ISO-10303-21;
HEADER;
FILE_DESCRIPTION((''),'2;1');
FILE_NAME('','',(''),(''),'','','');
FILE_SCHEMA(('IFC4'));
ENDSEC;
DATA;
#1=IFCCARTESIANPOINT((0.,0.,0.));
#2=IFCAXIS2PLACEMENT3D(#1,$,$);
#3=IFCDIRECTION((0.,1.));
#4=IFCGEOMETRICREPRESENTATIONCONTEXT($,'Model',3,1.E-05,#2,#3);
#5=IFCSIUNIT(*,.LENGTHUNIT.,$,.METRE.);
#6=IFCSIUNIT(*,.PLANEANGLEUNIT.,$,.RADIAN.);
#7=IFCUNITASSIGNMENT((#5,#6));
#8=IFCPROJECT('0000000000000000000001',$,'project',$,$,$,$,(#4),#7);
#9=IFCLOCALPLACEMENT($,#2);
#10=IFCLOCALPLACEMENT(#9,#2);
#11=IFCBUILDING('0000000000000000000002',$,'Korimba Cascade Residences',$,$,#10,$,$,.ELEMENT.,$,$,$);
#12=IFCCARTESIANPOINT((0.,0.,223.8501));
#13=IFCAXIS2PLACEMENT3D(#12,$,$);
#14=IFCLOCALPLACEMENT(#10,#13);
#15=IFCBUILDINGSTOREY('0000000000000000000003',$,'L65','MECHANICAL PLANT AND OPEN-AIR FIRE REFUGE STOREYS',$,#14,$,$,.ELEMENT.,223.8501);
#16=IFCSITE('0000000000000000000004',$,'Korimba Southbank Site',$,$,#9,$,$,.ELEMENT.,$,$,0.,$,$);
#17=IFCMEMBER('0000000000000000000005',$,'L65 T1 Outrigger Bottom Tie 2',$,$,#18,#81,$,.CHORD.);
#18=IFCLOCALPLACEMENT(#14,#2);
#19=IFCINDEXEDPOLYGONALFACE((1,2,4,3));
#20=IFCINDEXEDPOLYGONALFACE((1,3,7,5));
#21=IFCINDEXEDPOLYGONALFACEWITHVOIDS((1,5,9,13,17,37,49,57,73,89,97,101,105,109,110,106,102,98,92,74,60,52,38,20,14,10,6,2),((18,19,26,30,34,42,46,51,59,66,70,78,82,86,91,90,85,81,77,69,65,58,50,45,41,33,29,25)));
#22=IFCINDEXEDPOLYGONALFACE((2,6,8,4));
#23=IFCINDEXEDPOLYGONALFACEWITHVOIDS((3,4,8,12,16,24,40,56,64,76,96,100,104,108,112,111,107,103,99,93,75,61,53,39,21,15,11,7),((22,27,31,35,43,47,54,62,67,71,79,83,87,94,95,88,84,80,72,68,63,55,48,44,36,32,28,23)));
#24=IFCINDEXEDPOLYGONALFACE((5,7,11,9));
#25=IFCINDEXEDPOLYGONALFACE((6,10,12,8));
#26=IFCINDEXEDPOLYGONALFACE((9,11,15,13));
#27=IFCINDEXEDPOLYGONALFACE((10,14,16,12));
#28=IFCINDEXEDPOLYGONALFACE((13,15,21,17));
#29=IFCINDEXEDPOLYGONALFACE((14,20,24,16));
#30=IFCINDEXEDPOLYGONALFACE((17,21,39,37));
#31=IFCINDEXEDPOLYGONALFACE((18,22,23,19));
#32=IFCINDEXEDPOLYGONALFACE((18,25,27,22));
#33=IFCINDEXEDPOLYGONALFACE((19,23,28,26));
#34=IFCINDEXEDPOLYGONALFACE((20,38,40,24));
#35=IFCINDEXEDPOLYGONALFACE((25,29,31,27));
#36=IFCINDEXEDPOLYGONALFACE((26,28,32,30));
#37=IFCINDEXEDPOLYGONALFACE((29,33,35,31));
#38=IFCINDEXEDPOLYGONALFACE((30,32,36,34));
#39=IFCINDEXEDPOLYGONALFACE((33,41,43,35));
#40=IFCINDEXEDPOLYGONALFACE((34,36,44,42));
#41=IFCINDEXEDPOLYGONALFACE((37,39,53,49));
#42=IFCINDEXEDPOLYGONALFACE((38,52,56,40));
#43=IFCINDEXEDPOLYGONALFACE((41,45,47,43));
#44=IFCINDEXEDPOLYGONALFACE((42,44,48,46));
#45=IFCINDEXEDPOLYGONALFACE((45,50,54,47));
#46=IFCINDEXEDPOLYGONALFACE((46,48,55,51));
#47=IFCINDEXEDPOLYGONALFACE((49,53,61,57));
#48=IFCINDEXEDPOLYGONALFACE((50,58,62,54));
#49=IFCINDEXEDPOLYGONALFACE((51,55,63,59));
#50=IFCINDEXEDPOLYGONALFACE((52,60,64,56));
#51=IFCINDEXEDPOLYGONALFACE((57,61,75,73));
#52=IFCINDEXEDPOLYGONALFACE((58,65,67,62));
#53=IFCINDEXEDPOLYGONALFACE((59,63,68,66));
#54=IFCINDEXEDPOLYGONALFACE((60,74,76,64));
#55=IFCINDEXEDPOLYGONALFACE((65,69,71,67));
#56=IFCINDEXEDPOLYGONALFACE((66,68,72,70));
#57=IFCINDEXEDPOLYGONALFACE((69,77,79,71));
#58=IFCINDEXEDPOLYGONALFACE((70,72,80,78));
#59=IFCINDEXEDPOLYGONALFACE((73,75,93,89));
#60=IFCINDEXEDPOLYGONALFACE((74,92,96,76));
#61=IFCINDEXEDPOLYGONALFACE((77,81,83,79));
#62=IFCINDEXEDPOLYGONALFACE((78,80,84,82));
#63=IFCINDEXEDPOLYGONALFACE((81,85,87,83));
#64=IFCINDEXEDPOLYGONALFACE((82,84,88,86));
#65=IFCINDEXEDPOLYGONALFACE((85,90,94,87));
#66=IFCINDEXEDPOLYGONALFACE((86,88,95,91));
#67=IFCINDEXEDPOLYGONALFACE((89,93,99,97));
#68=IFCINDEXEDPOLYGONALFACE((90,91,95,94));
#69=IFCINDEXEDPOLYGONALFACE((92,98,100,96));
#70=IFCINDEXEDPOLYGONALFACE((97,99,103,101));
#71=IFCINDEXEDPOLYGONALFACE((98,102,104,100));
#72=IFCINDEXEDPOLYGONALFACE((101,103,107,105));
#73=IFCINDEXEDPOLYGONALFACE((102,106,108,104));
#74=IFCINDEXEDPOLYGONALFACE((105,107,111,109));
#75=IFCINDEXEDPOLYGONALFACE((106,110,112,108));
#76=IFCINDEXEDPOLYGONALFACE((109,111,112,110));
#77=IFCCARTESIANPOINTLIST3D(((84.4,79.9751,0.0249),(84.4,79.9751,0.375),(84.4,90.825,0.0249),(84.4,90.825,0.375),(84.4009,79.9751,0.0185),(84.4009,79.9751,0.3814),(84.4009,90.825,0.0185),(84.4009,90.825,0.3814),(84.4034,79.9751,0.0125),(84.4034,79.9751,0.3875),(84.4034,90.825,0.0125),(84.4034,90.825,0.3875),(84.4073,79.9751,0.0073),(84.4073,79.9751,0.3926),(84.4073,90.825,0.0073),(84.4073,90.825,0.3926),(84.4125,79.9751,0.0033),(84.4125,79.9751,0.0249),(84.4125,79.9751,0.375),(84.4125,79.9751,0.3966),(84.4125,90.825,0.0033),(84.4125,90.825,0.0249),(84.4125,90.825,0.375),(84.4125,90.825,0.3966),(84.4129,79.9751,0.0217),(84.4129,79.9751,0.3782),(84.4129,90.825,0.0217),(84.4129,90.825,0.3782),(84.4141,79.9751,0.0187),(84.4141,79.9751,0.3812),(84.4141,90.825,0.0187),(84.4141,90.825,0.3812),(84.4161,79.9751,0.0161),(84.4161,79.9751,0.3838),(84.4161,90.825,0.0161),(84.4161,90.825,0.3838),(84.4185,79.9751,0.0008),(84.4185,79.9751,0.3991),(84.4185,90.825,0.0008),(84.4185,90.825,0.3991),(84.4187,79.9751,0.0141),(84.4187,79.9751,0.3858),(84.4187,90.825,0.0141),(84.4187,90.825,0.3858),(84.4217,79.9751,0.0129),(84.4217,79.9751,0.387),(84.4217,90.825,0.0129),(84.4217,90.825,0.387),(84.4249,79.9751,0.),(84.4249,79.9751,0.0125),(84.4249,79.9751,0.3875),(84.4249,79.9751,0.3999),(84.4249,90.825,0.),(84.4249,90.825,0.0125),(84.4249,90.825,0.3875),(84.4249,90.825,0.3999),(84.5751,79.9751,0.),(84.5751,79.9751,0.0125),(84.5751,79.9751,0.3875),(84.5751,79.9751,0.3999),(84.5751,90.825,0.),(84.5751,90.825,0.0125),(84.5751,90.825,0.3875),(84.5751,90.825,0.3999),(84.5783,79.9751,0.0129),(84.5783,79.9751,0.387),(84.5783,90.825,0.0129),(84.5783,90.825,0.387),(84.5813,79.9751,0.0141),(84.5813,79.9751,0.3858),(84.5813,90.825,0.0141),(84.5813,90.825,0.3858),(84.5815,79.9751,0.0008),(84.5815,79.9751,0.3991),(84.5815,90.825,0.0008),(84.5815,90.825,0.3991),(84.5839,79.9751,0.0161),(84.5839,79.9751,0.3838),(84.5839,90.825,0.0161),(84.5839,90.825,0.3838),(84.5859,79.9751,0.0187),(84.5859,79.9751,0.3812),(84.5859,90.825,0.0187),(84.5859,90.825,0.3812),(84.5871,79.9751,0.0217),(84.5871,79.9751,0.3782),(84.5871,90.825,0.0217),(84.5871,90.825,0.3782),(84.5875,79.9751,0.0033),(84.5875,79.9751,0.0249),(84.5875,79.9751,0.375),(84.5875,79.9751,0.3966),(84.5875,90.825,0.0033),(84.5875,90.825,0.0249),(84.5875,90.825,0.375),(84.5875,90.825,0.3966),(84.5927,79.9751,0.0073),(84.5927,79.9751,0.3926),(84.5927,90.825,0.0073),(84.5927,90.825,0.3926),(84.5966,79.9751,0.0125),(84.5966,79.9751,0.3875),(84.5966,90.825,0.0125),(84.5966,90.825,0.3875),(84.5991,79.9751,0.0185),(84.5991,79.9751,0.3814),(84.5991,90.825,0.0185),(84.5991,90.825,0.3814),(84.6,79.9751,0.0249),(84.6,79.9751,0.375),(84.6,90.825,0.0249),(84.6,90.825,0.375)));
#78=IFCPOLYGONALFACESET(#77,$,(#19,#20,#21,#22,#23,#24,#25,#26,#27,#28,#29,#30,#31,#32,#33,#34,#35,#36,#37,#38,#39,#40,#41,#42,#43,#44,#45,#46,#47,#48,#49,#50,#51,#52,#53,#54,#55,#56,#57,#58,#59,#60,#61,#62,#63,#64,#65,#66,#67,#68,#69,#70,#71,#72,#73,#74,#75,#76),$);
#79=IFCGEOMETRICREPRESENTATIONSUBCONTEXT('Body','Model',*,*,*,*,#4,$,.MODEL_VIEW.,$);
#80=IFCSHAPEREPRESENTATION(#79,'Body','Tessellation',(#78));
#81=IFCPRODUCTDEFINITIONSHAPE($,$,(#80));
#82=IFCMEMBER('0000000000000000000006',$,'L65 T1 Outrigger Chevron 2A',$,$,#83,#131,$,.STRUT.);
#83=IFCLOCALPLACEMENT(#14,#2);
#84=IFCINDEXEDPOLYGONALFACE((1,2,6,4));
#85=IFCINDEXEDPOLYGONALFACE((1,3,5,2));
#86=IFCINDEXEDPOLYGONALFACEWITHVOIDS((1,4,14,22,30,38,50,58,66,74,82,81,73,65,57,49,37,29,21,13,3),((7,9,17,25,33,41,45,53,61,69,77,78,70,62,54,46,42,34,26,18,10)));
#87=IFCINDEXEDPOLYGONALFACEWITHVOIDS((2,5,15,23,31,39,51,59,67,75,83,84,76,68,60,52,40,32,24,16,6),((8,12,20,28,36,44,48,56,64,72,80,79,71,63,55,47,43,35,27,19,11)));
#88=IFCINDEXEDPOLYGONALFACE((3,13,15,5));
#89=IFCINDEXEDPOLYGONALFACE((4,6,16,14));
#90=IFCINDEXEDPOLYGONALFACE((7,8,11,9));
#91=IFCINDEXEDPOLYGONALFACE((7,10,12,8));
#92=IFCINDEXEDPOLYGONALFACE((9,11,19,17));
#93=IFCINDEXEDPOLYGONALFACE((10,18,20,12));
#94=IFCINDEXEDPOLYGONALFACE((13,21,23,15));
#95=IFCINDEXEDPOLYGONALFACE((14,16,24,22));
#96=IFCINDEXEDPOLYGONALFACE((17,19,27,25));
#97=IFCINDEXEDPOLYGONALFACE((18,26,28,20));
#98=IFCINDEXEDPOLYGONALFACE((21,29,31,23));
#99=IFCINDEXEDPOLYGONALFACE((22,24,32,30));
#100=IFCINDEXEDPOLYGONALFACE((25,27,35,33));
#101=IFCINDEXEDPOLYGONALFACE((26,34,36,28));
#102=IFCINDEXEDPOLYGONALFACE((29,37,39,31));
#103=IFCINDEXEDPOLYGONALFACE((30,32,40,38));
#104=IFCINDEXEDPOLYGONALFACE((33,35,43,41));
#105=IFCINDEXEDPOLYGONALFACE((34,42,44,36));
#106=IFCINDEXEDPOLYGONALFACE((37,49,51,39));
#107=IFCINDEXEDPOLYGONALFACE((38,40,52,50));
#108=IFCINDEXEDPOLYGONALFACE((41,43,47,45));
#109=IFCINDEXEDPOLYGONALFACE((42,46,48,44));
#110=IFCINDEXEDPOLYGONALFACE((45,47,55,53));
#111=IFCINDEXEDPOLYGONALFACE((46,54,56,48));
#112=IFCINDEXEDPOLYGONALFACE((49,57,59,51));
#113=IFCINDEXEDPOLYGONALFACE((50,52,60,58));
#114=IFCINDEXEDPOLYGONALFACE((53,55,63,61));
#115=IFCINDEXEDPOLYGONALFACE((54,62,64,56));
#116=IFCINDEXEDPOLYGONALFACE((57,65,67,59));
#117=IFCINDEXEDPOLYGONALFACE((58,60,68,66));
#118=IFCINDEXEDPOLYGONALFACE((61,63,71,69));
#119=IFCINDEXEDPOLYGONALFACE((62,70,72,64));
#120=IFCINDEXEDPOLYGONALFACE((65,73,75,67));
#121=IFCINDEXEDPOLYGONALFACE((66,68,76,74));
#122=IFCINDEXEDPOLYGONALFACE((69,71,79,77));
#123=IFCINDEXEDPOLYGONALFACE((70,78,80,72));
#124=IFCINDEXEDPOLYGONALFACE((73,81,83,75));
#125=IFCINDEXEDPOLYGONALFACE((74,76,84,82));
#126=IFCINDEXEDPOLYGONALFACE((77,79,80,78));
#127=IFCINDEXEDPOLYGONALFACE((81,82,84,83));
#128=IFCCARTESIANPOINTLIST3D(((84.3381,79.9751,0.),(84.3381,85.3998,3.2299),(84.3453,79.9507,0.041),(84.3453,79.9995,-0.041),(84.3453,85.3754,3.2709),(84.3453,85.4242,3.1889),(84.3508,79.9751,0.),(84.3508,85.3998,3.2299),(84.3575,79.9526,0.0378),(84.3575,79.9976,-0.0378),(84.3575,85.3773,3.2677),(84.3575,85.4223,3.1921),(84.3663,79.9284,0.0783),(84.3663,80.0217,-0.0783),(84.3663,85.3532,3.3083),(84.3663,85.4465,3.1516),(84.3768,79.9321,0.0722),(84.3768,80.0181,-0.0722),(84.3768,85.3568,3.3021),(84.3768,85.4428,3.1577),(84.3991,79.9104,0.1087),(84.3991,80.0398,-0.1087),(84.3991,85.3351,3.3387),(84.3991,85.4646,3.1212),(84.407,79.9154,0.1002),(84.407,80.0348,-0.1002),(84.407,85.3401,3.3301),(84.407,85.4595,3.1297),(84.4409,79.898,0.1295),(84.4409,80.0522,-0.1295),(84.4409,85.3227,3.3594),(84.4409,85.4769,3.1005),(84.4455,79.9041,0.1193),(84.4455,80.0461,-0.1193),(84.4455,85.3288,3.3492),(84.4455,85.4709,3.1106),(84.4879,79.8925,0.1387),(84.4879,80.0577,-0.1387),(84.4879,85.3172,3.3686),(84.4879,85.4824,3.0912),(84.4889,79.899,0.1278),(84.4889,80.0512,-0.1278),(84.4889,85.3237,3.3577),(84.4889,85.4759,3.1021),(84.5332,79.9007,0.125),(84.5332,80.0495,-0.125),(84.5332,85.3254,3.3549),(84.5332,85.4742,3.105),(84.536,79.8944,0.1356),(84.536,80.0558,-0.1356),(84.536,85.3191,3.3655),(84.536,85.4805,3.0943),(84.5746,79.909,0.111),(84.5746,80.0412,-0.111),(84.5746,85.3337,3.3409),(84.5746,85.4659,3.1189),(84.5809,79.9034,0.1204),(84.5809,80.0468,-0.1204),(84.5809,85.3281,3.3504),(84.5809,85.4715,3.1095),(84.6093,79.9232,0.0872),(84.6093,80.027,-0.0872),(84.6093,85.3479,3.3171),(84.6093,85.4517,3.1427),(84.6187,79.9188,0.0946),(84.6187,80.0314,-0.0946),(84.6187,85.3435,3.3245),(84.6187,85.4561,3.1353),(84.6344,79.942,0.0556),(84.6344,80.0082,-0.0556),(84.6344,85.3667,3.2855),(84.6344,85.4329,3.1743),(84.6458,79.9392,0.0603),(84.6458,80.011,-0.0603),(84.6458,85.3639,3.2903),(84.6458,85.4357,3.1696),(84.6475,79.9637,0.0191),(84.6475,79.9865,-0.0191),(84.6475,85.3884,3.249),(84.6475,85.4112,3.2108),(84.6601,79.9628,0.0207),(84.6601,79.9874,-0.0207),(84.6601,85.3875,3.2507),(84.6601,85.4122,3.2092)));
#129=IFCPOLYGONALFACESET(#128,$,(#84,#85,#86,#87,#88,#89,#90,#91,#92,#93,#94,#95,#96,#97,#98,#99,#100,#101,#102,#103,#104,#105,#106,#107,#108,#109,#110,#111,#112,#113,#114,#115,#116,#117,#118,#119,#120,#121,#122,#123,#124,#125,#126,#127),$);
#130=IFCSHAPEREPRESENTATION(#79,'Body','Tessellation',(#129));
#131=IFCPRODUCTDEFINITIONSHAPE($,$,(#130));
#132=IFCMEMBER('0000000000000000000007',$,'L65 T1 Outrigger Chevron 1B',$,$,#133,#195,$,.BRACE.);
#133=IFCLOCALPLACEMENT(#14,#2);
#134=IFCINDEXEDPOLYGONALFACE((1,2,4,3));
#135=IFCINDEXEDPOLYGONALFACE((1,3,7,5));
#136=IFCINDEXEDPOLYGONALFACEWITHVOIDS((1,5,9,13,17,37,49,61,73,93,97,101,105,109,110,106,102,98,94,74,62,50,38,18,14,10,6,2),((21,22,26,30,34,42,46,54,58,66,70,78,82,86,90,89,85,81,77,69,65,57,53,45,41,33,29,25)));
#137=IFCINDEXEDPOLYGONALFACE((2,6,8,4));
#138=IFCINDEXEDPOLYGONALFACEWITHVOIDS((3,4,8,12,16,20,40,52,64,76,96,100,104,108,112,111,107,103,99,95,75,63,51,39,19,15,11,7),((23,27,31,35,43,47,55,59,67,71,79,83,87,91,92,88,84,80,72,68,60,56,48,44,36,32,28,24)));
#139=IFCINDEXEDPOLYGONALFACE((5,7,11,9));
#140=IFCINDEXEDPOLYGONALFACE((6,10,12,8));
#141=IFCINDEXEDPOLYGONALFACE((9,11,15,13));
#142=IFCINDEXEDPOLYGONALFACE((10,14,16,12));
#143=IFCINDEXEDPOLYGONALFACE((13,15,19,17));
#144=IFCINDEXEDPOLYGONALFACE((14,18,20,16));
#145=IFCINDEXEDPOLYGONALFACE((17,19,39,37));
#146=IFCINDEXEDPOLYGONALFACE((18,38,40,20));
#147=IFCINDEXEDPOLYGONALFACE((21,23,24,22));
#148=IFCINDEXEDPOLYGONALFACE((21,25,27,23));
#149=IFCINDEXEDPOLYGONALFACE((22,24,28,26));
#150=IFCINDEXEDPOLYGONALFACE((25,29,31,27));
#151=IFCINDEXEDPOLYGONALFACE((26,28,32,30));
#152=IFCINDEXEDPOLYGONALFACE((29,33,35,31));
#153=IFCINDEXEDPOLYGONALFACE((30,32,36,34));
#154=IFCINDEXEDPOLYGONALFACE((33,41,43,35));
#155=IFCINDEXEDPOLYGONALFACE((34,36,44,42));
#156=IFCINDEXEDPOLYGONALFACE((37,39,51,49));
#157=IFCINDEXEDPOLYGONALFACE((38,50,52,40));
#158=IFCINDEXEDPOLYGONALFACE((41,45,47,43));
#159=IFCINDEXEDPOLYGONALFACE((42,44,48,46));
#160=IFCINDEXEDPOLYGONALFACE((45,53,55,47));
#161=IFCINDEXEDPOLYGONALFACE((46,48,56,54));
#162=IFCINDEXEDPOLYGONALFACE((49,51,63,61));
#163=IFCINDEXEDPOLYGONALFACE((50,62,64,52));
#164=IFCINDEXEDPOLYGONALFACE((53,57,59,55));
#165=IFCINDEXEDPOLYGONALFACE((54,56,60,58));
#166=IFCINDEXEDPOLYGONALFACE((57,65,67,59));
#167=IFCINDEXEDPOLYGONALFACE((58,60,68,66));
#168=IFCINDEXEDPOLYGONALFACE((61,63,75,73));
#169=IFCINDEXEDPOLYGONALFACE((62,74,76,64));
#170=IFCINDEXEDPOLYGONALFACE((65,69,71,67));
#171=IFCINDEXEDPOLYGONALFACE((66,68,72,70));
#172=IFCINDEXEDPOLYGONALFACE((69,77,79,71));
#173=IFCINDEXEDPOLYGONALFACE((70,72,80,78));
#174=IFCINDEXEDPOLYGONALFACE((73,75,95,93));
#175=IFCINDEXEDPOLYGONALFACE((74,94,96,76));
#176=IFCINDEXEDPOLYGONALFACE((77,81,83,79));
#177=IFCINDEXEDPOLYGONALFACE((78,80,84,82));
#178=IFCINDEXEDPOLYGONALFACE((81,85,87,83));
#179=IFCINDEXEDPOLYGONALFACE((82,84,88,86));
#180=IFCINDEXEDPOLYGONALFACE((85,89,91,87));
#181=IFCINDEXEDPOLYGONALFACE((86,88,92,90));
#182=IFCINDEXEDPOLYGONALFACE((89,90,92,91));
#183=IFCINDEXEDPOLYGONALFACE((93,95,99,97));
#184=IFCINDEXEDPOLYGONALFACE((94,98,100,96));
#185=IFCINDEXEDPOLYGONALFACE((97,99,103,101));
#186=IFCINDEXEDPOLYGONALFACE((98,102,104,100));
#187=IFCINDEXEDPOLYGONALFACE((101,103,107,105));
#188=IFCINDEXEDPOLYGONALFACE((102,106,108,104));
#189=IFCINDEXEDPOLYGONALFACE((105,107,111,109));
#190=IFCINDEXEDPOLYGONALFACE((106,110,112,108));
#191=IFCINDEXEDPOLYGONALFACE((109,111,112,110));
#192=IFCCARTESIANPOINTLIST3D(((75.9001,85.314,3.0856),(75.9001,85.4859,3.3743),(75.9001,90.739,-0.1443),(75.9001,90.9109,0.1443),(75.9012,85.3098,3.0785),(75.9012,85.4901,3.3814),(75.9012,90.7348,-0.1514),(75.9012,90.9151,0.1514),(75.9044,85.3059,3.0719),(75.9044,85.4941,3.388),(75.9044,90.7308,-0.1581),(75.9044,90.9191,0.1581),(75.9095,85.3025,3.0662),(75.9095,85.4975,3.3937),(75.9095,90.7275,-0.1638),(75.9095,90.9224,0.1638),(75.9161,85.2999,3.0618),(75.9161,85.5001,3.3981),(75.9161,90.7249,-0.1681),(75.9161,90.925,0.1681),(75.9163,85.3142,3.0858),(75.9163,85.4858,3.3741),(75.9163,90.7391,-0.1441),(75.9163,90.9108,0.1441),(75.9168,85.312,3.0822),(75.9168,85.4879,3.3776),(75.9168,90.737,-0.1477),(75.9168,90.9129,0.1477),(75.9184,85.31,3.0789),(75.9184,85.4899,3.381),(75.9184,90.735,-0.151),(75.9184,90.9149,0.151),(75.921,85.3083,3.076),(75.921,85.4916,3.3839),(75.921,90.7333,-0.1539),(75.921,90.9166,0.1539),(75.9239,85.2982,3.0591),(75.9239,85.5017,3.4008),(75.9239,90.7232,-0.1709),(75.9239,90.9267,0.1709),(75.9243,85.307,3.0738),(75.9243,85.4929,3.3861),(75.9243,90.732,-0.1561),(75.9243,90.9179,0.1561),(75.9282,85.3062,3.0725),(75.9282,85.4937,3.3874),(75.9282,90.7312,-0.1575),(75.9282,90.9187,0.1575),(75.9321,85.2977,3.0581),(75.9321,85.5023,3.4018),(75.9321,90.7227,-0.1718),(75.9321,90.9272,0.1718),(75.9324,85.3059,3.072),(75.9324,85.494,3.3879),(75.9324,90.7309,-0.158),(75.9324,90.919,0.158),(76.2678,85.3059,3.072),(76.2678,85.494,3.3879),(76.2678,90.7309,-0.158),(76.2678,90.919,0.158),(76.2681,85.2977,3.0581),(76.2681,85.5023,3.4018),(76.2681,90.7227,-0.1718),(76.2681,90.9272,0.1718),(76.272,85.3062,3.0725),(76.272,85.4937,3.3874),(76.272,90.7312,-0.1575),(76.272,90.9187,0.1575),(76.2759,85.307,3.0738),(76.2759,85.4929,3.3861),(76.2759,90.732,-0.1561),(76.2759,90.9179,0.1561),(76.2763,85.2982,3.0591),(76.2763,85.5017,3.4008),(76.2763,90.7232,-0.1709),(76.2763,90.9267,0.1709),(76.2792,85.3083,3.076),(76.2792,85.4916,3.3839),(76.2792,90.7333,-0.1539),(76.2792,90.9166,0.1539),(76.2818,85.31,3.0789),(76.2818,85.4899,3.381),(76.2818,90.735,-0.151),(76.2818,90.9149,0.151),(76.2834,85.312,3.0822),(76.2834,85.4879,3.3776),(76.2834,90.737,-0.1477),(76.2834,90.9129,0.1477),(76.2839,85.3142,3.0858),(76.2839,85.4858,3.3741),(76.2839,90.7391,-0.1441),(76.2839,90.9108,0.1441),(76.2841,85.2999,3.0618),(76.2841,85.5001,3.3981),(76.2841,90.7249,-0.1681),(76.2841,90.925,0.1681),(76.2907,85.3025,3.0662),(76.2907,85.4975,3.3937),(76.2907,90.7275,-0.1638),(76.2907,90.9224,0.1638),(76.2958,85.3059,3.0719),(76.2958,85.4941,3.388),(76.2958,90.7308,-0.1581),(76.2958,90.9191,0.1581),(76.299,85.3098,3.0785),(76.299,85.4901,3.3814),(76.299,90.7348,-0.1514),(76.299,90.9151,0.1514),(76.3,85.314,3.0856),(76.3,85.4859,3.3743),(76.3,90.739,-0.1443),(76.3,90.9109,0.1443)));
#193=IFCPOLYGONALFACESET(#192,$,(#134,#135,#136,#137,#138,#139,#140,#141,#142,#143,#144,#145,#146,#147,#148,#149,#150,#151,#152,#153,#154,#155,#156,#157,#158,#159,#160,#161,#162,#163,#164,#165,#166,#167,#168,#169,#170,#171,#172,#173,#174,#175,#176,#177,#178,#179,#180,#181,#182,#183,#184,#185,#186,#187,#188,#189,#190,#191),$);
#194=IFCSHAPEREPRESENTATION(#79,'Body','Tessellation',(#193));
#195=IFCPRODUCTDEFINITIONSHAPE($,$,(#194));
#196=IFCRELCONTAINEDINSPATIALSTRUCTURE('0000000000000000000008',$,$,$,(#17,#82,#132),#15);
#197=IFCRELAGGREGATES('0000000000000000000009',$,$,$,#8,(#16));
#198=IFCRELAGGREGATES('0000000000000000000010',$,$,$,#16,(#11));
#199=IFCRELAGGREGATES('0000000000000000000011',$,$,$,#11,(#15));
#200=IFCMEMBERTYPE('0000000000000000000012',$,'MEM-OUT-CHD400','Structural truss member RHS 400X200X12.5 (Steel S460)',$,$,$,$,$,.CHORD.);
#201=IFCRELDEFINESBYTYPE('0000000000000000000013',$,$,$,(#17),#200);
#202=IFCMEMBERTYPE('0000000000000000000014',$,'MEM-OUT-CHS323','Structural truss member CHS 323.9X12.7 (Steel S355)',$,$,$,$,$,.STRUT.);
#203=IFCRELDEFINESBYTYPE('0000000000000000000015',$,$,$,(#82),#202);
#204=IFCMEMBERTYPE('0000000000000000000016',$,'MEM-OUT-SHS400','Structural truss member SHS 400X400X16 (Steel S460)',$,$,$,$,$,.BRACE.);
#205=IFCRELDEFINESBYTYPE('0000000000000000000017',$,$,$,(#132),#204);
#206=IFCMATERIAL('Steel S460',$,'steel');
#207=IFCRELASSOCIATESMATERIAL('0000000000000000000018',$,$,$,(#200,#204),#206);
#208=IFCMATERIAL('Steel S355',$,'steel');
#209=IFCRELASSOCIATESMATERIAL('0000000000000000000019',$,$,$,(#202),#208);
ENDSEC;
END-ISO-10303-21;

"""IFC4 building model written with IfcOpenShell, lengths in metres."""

from ifc_helpers import new_model, si_unit, direction, frame, origin, origin_2d, place, context, subcontext, project, spatial, hollow_rectangle, hollow_circle, extrude, material, material_profile, profile_set, type_object, element, save


model = new_model("IFC4")

# Units and contexts
model_context = context("Model", 3, precision=1e-05, world=origin(), true_north=direction((0.0, 1.0)))
body_context = subcontext(model_context, "Body", "Model", "MODEL_VIEW")
ifc_project = project(units=[si_unit("LENGTHUNIT", "METRE"), si_unit("PLANEANGLEUNIT", "RADIAN")], contexts=[model_context])

# Site, building, storey
site_placement = place(None, origin())
site = spatial("IfcSite", under=ifc_project, at=site_placement, Name="Korimba Southbank Site", CompositionType="ELEMENT", RefElevation=0.0)
building_placement = place(site_placement, origin())
building = spatial("IfcBuilding", under=site, at=building_placement, Name="Korimba Cascade Residences", CompositionType="ELEMENT")
storey_placement = place(building_placement, frame((0.0, 0.0, 223.8501)))
storey = spatial("IfcBuildingStorey", under=building, at=storey_placement, Name="L65", Description="MECHANICAL PLANT AND OPEN-AIR FIRE REFUGE STOREYS", CompositionType="ELEMENT", Elevation=223.8501)

# Shared definitions
ifc_material_1 = material(Name="Steel S355", Category="steel")

# Members
ifc_material_2 = material(Name="Steel S460", Category="steel")
ifc_material_profile_1 = material_profile(ifc_material_2, hollow_rectangle(XDim=0.2, YDim=0.3999, WallThickness=0.0125, InnerFilletRadius=0.0125, OuterFilletRadius=0.0249, at=origin_2d()), Name="Steel S460")
ifc_profile_set_1 = profile_set([ifc_material_profile_1], Name="Steel S460")
member_type_1 = type_object("IfcMemberType", Name="MEM-OUT-CHD400", Description="Structural truss member RHS 400X200X12.5 (Steel S460)", PredefinedType="CHORD", material=ifc_profile_set_1)
member_1_placement = place(storey_placement, frame((84.5, 79.9751, 0.2), z_axis=(0.0, 1.0, 0.0), x_axis=(-1.0, 0.0, 0.0)))
element("IfcMember", 1, at=member_1_placement, inside=storey, type_object=member_type_1, Name="L65 T1 Outrigger Bottom Tie 2", PredefinedType="CHORD", context=body_context, shape_type="SweptSolid", body=[
    extrude(hollow_rectangle(XDim=0.2, YDim=0.3999, WallThickness=0.0125, InnerFilletRadius=0.0125, OuterFilletRadius=0.0249, at=origin_2d()), origin(), (0.0, 0.0, 1.0), 10.8499),
])
ifc_material_profile_2 = material_profile(ifc_material_1, hollow_circle(Radius=0.1619, WallThickness=0.0127, at=origin_2d()), Name="Steel S355")
ifc_profile_set_2 = profile_set([ifc_material_profile_2], Name="Steel S355")
member_type_2 = type_object("IfcMemberType", Name="MEM-OUT-CHS323", Description="Structural truss member CHS 323.9X12.7 (Steel S355)", PredefinedType="STRUT", material=ifc_profile_set_2)
member_2_placement = place(storey_placement, frame((84.5, 79.9751, 0.0), z_axis=(0.0, 0.859228, 0.511593), x_axis=(-1.0, 0.0, 0.0)))
element("IfcMember", 2, at=member_2_placement, inside=storey, type_object=member_type_2, Name="L65 T1 Outrigger Chevron 2A", PredefinedType="STRUT", context=body_context, shape_type="SweptSolid", body=[
    extrude(hollow_circle(Radius=0.1619, WallThickness=0.0127, at=origin_2d()), origin(), (0.0, 0.0, 1.0), 6.3135),
])
ifc_material_profile_3 = material_profile(ifc_material_2, hollow_rectangle(XDim=0.3999, YDim=0.3999, WallThickness=0.0161, InnerFilletRadius=0.0161, OuterFilletRadius=0.032, at=origin_2d()), Name="Steel S460")
ifc_profile_set_3 = profile_set([ifc_material_profile_3], Name="Steel S460")
member_type_3 = type_object("IfcMemberType", Name="MEM-OUT-SHS400", Description="Structural truss member SHS 400X400X16 (Steel S460)", PredefinedType="BRACE", material=ifc_profile_set_3)
for number, where, z_axis, x_axis, name in (
    (3, (76.1001, 90.825, 0.0), (0.0, -0.859238, 0.511576), (1.0, 0.0, 0.0), "L65 T1 Outrigger Chevron 1B"),
):
    element("IfcMember", number, at=place(storey_placement, frame(where, z_axis=z_axis, x_axis=x_axis)), inside=storey, type_object=member_type_3, Name=name, PredefinedType="BRACE", context=body_context, shape_type="SweptSolid", body=[
        extrude(hollow_rectangle(XDim=0.3999, YDim=0.3999, WallThickness=0.0161, InnerFilletRadius=0.0161, OuterFilletRadius=0.032, at=origin_2d()), origin(), (0.0, 0.0, 1.0), 6.3137),
    ])

save(model, "model.ifc")
